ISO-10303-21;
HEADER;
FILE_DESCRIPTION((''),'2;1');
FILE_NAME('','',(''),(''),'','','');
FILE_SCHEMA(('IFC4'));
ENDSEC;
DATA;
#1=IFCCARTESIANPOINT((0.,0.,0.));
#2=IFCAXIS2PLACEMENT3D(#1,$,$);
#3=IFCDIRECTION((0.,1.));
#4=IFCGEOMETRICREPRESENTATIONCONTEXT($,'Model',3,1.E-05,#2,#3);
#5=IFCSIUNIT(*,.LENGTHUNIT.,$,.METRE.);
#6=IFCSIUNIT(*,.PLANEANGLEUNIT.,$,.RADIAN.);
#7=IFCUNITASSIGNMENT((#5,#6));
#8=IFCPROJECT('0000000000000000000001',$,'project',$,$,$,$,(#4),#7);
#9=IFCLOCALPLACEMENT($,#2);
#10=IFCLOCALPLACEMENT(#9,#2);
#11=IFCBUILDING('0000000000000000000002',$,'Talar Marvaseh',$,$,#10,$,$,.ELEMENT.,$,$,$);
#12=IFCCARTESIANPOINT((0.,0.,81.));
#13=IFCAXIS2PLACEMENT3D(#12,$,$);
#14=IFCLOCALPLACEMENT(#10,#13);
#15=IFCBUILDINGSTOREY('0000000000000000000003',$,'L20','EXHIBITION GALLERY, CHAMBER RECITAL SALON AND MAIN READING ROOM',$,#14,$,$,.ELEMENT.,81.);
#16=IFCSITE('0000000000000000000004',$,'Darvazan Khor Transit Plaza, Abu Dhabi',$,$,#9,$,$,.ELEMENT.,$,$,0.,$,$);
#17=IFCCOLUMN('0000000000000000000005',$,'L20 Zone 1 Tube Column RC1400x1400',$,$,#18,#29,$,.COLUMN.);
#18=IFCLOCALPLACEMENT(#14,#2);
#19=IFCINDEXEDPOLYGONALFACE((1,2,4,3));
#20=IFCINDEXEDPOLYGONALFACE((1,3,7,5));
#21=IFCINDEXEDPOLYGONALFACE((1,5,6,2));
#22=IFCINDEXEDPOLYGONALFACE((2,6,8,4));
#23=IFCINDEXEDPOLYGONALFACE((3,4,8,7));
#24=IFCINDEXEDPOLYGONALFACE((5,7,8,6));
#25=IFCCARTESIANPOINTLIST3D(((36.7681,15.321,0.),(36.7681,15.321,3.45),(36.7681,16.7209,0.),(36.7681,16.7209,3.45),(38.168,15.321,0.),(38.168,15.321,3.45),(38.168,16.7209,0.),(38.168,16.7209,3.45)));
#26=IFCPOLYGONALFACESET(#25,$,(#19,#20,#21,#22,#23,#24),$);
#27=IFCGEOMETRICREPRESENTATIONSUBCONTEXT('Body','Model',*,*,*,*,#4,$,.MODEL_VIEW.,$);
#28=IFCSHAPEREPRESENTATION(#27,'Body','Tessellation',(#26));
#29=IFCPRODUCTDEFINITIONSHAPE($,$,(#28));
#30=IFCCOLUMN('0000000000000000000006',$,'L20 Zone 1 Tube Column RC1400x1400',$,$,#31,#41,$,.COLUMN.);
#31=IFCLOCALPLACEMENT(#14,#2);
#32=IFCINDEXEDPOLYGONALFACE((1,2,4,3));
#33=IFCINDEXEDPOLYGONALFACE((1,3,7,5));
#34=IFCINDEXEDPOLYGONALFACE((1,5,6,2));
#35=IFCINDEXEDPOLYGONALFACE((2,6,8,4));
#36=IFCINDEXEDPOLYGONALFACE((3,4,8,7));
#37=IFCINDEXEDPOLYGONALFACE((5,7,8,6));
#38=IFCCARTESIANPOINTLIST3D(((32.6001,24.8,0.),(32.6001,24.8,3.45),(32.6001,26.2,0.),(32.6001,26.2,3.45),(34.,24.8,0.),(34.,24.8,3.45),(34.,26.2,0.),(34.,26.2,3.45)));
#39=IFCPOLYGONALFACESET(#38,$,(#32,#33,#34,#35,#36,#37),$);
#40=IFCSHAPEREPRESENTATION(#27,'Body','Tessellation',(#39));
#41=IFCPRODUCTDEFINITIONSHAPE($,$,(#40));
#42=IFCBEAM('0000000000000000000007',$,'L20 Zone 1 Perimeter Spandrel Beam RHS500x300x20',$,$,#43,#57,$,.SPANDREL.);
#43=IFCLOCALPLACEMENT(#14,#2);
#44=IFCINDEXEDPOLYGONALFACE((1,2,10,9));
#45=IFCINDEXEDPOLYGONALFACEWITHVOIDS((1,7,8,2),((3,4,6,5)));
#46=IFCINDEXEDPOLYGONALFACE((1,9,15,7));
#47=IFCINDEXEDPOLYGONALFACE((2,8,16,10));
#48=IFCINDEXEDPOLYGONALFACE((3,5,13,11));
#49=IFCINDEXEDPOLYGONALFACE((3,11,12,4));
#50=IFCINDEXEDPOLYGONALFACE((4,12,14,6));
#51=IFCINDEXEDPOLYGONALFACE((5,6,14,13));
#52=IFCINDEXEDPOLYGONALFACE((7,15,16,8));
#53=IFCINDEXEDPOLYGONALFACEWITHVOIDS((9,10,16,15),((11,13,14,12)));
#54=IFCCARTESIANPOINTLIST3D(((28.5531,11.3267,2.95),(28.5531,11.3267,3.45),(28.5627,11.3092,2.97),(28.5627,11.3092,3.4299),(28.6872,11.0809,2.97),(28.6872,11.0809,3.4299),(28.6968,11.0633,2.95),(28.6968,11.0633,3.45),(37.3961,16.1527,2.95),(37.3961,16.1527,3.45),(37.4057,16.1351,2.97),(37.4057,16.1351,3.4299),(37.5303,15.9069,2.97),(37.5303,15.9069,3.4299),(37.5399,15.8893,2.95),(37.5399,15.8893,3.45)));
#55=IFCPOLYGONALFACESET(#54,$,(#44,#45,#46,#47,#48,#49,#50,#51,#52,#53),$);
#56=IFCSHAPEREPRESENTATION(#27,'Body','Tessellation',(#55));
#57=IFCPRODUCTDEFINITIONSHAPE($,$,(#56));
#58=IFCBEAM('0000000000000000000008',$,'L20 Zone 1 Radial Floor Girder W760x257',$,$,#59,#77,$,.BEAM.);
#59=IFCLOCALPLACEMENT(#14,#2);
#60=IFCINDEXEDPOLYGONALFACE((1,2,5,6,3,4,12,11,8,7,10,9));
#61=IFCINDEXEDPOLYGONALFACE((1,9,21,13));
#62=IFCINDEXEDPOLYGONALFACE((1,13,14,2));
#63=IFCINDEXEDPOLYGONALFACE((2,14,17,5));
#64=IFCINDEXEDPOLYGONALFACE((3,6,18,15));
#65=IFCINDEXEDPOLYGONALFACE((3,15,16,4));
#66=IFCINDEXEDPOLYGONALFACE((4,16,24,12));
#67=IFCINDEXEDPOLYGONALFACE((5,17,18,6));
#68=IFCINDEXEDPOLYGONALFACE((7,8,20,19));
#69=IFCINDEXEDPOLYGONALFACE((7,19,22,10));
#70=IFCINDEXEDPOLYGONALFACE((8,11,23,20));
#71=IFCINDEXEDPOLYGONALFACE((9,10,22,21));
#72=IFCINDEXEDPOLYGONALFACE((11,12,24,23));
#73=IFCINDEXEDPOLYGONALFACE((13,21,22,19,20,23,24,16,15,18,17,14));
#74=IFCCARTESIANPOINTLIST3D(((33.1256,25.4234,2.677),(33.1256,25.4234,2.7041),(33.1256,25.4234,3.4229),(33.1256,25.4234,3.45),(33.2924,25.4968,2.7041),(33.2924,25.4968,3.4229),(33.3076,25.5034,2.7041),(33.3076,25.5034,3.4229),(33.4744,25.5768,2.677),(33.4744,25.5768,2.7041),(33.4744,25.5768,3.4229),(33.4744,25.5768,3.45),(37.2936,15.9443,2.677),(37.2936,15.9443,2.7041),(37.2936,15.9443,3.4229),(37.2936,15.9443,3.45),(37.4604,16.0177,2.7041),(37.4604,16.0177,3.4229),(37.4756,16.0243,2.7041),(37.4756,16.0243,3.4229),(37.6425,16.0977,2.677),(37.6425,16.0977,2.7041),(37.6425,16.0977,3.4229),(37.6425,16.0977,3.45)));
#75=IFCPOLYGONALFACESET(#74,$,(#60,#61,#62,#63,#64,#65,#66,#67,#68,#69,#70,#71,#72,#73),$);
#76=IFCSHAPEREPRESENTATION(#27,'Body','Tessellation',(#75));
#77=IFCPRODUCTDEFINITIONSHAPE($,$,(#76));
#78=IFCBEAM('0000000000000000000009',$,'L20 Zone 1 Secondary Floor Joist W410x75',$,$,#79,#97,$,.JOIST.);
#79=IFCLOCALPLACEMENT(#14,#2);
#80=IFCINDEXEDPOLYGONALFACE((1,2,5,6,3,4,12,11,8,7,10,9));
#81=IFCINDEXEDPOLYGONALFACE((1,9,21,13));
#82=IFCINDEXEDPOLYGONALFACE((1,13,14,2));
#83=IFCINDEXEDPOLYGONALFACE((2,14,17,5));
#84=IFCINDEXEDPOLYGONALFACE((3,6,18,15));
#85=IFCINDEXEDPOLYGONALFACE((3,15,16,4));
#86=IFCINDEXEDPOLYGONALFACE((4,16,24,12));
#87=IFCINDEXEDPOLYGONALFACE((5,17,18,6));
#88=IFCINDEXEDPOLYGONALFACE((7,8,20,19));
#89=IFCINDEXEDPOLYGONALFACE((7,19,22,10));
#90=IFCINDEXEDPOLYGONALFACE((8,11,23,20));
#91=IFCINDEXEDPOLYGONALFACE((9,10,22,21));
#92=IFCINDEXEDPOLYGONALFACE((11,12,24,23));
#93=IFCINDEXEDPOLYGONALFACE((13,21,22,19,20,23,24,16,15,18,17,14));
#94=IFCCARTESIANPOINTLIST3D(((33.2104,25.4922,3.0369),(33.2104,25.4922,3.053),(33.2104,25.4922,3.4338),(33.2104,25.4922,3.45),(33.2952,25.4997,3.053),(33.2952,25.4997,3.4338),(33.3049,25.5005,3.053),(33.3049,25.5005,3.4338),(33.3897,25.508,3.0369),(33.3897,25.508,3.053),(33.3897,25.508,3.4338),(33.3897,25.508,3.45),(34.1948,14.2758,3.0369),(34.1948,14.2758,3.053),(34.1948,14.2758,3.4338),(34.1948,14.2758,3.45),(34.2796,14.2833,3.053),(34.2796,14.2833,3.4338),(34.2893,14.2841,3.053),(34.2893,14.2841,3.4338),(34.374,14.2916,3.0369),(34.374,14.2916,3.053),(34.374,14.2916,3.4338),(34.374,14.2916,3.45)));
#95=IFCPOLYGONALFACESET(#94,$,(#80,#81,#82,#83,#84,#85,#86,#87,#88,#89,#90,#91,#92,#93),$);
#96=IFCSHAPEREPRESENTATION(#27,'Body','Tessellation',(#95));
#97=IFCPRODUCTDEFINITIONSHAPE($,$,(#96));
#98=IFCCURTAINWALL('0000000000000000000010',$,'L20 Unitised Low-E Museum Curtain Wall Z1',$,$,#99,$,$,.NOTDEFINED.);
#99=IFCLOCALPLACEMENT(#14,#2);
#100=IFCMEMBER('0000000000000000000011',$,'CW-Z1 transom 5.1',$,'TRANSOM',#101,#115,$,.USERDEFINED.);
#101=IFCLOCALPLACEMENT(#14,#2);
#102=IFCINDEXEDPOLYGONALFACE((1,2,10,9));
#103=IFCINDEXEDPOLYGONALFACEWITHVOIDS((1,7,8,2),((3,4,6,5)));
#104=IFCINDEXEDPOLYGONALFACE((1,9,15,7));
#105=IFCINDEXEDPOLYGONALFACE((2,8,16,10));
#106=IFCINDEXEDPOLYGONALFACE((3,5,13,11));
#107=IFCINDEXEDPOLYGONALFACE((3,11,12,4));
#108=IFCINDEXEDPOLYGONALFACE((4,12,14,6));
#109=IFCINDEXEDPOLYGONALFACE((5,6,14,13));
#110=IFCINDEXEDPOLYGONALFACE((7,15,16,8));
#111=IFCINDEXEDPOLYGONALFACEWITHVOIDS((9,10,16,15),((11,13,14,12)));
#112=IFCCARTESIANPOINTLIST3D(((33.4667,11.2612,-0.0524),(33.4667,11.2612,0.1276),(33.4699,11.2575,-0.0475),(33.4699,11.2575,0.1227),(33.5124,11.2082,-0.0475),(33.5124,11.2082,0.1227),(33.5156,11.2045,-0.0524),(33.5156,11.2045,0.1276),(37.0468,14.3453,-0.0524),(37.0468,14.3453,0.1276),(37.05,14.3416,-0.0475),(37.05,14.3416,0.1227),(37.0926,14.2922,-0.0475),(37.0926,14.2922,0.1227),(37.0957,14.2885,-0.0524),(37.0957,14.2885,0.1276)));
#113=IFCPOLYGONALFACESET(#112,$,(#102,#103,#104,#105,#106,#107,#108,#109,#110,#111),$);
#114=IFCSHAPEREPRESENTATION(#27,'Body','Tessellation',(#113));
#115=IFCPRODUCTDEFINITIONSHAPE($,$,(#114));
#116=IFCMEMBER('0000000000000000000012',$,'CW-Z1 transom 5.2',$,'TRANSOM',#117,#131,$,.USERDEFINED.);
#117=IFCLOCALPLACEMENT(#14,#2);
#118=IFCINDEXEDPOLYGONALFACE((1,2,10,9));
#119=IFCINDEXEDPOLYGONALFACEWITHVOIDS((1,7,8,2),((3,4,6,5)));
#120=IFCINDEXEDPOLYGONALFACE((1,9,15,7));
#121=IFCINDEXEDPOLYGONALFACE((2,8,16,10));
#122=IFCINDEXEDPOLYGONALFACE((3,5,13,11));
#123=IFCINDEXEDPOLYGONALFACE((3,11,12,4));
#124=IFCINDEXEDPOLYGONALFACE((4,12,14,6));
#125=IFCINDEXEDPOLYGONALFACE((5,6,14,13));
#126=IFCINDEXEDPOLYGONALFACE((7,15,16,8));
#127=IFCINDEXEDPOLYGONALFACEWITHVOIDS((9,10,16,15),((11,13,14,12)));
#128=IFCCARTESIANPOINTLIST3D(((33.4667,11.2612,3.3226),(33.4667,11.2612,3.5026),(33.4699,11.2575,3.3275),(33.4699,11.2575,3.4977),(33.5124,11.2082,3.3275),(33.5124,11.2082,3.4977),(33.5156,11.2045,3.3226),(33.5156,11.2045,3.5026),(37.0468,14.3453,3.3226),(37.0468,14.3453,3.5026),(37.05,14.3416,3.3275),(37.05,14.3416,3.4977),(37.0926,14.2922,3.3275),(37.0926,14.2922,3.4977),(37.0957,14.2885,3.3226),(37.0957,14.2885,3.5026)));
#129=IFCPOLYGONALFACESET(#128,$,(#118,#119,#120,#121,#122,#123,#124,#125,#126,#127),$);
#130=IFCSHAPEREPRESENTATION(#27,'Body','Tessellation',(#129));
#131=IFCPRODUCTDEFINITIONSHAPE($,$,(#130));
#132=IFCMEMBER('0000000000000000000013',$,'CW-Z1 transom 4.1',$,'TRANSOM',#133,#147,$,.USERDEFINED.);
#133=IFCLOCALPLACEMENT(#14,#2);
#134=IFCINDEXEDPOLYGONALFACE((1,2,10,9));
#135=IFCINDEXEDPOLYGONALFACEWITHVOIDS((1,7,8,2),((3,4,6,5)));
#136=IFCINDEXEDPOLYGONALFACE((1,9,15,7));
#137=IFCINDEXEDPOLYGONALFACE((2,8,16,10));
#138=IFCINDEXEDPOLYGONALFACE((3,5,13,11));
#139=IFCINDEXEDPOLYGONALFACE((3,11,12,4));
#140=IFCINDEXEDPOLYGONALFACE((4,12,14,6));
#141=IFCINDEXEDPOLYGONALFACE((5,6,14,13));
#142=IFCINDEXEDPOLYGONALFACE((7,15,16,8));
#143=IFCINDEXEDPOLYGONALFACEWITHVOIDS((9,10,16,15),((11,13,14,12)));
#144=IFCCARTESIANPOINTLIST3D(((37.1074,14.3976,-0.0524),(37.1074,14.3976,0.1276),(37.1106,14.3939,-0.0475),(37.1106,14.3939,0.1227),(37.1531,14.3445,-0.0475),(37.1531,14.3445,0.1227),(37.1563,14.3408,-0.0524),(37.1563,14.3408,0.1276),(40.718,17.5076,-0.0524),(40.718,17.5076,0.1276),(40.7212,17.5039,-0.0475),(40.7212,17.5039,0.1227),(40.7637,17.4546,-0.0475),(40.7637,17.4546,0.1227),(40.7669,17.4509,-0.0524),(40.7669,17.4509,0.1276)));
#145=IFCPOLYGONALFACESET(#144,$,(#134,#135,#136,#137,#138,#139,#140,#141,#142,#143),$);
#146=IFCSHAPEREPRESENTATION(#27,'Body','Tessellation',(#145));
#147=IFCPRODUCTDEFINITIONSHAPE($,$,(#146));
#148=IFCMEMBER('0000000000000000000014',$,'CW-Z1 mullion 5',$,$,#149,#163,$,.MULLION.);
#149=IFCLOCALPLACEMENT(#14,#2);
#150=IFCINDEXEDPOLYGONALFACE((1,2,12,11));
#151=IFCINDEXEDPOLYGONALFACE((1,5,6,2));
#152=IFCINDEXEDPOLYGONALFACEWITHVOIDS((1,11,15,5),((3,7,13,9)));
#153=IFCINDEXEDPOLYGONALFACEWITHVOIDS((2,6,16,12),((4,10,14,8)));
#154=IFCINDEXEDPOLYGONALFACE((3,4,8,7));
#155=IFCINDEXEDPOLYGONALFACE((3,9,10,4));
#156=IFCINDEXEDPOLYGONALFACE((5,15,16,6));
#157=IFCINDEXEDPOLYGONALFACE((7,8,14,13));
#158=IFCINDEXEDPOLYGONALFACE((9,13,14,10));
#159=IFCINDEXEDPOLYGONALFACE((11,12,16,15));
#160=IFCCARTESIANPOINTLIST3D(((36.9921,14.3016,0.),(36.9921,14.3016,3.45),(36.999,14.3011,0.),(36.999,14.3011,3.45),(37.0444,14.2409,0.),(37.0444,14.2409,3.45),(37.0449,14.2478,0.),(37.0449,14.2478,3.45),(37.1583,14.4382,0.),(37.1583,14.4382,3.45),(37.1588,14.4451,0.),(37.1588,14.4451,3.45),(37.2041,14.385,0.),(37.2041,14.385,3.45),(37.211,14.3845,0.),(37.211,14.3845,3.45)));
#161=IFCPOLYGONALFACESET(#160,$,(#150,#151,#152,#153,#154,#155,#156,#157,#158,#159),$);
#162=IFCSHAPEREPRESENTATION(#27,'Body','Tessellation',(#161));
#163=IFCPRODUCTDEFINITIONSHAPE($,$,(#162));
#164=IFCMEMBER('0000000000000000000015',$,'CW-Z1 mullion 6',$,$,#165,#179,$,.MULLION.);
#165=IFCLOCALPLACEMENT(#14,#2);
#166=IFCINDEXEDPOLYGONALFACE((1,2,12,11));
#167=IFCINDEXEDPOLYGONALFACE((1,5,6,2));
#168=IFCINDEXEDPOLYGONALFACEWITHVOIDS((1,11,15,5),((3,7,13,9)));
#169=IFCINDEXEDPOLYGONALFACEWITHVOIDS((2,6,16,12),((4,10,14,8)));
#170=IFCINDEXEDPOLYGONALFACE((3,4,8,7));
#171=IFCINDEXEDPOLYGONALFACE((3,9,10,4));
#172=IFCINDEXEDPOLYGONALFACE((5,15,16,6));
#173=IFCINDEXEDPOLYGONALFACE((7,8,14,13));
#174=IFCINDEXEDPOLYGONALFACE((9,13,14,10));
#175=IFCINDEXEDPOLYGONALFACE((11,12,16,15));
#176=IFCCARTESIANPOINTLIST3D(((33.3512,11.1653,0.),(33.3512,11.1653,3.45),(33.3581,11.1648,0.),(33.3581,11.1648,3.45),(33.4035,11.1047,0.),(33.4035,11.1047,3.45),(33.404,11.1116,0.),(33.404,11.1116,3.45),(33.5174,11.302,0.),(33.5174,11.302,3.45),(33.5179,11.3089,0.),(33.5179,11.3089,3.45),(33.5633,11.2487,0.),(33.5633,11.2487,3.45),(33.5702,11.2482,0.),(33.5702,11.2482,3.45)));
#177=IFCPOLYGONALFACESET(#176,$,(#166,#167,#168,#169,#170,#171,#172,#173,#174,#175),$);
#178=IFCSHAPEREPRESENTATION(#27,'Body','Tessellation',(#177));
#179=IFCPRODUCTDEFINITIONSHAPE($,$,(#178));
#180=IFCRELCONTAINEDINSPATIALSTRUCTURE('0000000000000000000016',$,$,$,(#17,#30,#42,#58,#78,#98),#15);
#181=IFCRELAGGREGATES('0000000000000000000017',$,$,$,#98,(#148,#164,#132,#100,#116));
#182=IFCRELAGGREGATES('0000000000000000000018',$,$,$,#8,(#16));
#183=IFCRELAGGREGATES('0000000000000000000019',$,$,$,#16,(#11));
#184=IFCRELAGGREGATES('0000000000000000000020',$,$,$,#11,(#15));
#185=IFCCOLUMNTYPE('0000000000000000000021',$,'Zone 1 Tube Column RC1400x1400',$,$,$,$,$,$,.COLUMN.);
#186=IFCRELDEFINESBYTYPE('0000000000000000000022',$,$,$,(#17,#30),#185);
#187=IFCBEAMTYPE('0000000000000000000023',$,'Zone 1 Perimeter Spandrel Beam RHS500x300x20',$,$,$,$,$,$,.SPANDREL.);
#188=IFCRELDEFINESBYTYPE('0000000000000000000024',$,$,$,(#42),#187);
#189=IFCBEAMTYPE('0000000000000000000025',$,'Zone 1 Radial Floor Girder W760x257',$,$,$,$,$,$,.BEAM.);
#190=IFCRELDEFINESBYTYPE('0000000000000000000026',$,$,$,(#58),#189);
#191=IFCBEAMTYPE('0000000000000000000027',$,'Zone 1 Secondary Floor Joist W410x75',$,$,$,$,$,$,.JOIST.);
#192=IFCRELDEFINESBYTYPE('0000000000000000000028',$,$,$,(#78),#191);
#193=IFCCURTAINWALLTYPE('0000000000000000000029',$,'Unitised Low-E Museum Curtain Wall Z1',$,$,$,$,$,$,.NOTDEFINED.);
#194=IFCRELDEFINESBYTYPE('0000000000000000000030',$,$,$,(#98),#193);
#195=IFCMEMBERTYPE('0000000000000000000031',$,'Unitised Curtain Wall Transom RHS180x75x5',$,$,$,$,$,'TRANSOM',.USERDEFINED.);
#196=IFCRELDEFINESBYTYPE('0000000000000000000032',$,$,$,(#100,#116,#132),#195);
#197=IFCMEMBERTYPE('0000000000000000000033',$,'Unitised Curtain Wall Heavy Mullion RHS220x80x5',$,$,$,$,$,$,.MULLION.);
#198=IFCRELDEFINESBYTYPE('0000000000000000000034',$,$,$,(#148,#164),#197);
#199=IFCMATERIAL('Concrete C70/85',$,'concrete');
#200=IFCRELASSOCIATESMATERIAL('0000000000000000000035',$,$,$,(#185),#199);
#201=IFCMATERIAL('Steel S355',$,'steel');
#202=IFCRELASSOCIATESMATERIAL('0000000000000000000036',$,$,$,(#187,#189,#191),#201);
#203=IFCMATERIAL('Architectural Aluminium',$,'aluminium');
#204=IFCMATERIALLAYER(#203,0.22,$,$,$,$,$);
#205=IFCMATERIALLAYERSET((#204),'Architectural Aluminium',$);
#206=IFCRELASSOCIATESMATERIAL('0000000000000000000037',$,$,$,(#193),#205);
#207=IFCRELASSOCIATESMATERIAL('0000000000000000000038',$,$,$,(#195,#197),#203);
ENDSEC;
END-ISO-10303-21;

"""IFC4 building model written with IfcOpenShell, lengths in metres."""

from ifc_helpers import new_model, si_unit, direction, frame, origin, origin_2d, place, context, subcontext, project, spatial, rectangle, hollow_rectangle, i_section, extrude, source, transform, mapped, material, layer, layer_set, material_profile, profile_set, type_object, type_shapes, element, aggregate, save


model = new_model("IFC4")

# Units and contexts
model_context = context("Model", 3, precision=1e-05, world=origin(), true_north=direction((0.0, 1.0)))
body_context = subcontext(model_context, "Body", "Model", "MODEL_VIEW")
ifc_project = project(units=[si_unit("LENGTHUNIT", "METRE"), si_unit("PLANEANGLEUNIT", "RADIAN")], contexts=[model_context])

# Site, building, storey
site_placement = place(None, origin())
site = spatial("IfcSite", under=ifc_project, at=site_placement, Name="Darvazan Khor Transit Plaza, Abu Dhabi", CompositionType="ELEMENT", RefElevation=0.0)
building_placement = place(site_placement, origin())
building = spatial("IfcBuilding", under=site, at=building_placement, Name="Talar Marvaseh", CompositionType="ELEMENT")
storey_placement = place(building_placement, frame((0.0, 0.0, 81.0)))
storey = spatial("IfcBuildingStorey", under=building, at=storey_placement, Name="L20", Description="EXHIBITION GALLERY, CHAMBER RECITAL SALON AND MAIN READING ROOM", CompositionType="ELEMENT", Elevation=81.0)

# Columns
ifc_material_1 = material(Name="Concrete C70/85", Category="concrete")
ifc_material_profile_1 = material_profile(ifc_material_1, rectangle(XDim=1.3999, YDim=1.3999, at=origin_2d()), Name="RC1400x1400")
ifc_profile_set_1 = profile_set([ifc_material_profile_1], Name="Concrete C70/85")
column_type = type_object("IfcColumnType", Name="Zone 1 Tube Column RC1400x1400", PredefinedType="COLUMN", material=ifc_profile_set_1)
for number, where, z_axis, x_axis, name in (
    (1, (37.468, 16.021, 0.0), (0.0, 0.0, 1.0), (1.0, 0.0, 0.0), "L20 Zone 1 Tube Column RC1400x1400"),
    (2, (33.3, 25.5, 0.0), (0.0, 0.0, 1.0), (1.0, 0.0, 0.0), "L20 Zone 1 Tube Column RC1400x1400"),
):
    element("IfcColumn", number, at=place(storey_placement, frame(where, z_axis=z_axis, x_axis=x_axis)), inside=storey, type_object=column_type, Name=name, PredefinedType="COLUMN", context=body_context, shape_type="SweptSolid", body=[
        extrude(rectangle(XDim=1.3999, YDim=1.3999, at=origin_2d()), origin(), (0.0, 0.0, 1.0), 3.45),
    ])

# Beams
ifc_material_2 = material(Name="Steel S355", Category="steel")
ifc_material_profile_2 = material_profile(ifc_material_2, hollow_rectangle(XDim=0.3, YDim=0.5, WallThickness=0.02, at=origin_2d()), Name="RHS500x300x20")
ifc_profile_set_2 = profile_set([ifc_material_profile_2], Name="Steel S355")
beam_type_1 = type_object("IfcBeamType", Name="Zone 1 Perimeter Spandrel Beam RHS500x300x20", PredefinedType="SPANDREL", material=ifc_profile_set_2)
beam_1_placement = place(storey_placement, frame((37.468, 16.021, 3.2), z_axis=(-0.877793, -0.479041, 0.0), x_axis=(0.479041, -0.877793, 0.0)))
element("IfcBeam", 3, at=beam_1_placement, inside=storey, type_object=beam_type_1, Name="L20 Zone 1 Perimeter Spandrel Beam RHS500x300x20", PredefinedType="SPANDREL", context=body_context, shape_type="SweptSolid", body=[
    extrude(hollow_rectangle(XDim=0.3, YDim=0.5, WallThickness=0.02, at=origin_2d()), origin(), (0.0, 0.0, 1.0), 10.0742),
])
ifc_material_profile_3 = material_profile(ifc_material_2, i_section(OverallWidth=0.3811, OverallDepth=0.7729, WebThickness=0.0166, FlangeThickness=0.0271, at=origin_2d()), Name="W760x257")
ifc_profile_set_3 = profile_set([ifc_material_profile_3], Name="Steel S355")
beam_type_2 = type_object("IfcBeamType", Name="Zone 1 Radial Floor Girder W760x257", PredefinedType="BEAM", material=ifc_profile_set_3)
beam_2_placement = place(storey_placement, frame((37.468, 16.021, 3.0635), z_axis=(-0.402513, 0.915414, 0.0), x_axis=(-0.915414, -0.402513, 0.0)))
element("IfcBeam", 4, at=beam_2_placement, inside=storey, type_object=beam_type_2, Name="L20 Zone 1 Radial Floor Girder W760x257", PredefinedType="BEAM", context=body_context, shape_type="SweptSolid", body=[
    extrude(i_section(OverallWidth=0.3811, OverallDepth=0.7729, WebThickness=0.0166, FlangeThickness=0.0271, at=origin_2d()), origin(), (0.0, 0.0, 1.0), 10.355),
])
ifc_material_profile_4 = material_profile(ifc_material_2, i_section(OverallWidth=0.1799, OverallDepth=0.4131, WebThickness=0.0098, FlangeThickness=0.0161, at=origin_2d()), Name="W410x75")
ifc_profile_set_4 = profile_set([ifc_material_profile_4], Name="Steel S355")
beam_type_3 = type_object("IfcBeamType", Name="Zone 1 Secondary Floor Joist W410x75", PredefinedType="JOIST", material=ifc_profile_set_4)
beam_3_placement = place(storey_placement, frame((34.2844, 14.2837, 3.2434), z_axis=(-0.087427, 0.996171, 0.0), x_axis=(-0.996171, -0.087427, 0.0)))
element("IfcBeam", 5, at=beam_3_placement, inside=storey, type_object=beam_type_3, Name="L20 Zone 1 Secondary Floor Joist W410x75", PredefinedType="JOIST", context=body_context, shape_type="SweptSolid", body=[
    extrude(i_section(OverallWidth=0.1799, OverallDepth=0.4131, WebThickness=0.0098, FlangeThickness=0.0161, at=origin_2d()), origin(), (0.0, 0.0, 1.0), 11.2595),
])

# Curtain wall, members
ifc_material_3 = material(Name="Architectural Aluminium", Category="aluminium")
ifc_layer_1 = layer(ifc_material_3, 0.22)
ifc_layer_set_1 = layer_set([ifc_layer_1], Name="Architectural Aluminium")
curtain_wall_type = type_object("IfcCurtainWallType", Name="Unitised Low-E Museum Curtain Wall Z1", PredefinedType="NOTDEFINED", material=ifc_layer_set_1)
curtain_wall_placement = place(storey_placement, origin())
curtain_wall = element("IfcCurtainWall", 6, at=curtain_wall_placement, inside=storey, type_object=curtain_wall_type, Name="L20 Unitised Low-E Museum Curtain Wall Z1", PredefinedType="NOTDEFINED")
ifc_material_profile_5 = material_profile(ifc_material_3, hollow_rectangle(XDim=0.075, YDim=0.1799, WallThickness=0.0049, at=origin_2d()), Name="RHS180x75x5")
ifc_profile_set_5 = profile_set([ifc_material_profile_5], Name="Architectural Aluminium")
member_type_1 = type_object("IfcMemberType", Name="Unitised Curtain Wall Transom RHS180x75x5", ElementType="TRANSOM", PredefinedType="USERDEFINED", material=ifc_profile_set_5)
shared_shape_1 = source(origin(), body_context, "Body", "SweptSolid", [
    extrude(hollow_rectangle(XDim=0.075, YDim=0.1799, WallThickness=0.0049, at=origin_2d()), origin(), (0.0, 0.0, 1.0), 4.7253),
])
member_1_placement = place(storey_placement, frame((37.0713, 14.3169, 0.0376), z_axis=(-0.75765, -0.652662, 0.0), x_axis=(0.652662, -0.75765, 0.0)))
member_1 = element("IfcMember", 7, at=member_1_placement, type_object=member_type_1, Name="CW-Z1 transom 5.1", ObjectType="TRANSOM", PredefinedType="USERDEFINED", context=body_context, shape_type="MappedRepresentation", body=[
    mapped(shared_shape_1, transform((0.0, 0.0, 0.0), x_axis=(1.0, 0.0, 0.0), y_axis=(0.0, 1.0, 0.0), z_axis=(0.0, 0.0, 1.0), scale=1.0)),
])
member_2_placement = place(storey_placement, frame((37.0713, 14.3169, 3.4126), z_axis=(-0.75765, -0.652662, 0.0), x_axis=(0.652662, -0.75765, 0.0)))
member_2 = element("IfcMember", 8, at=member_2_placement, type_object=member_type_1, Name="CW-Z1 transom 5.2", ObjectType="TRANSOM", PredefinedType="USERDEFINED", context=body_context, shape_type="MappedRepresentation", body=[
    mapped(shared_shape_1, transform((0.0, 0.0, 0.0), x_axis=(1.0, 0.0, 0.0), y_axis=(0.0, 1.0, 0.0), z_axis=(0.0, 0.0, 1.0), scale=1.0)),
])
shared_shape_2 = source(origin(), body_context, "Body", "SweptSolid", [
    extrude(hollow_rectangle(XDim=0.075, YDim=0.1799, WallThickness=0.0049, at=origin_2d()), origin(), (0.0, 0.0, 1.0), 4.7654),
])
type_shapes(member_type_1, [shared_shape_1, shared_shape_2])
member_3_placement = place(storey_placement, frame((40.7424, 17.4792, 0.0376), z_axis=(-0.757667, -0.652642, 0.0), x_axis=(0.652642, -0.757667, 0.0)))
member_3 = element("IfcMember", 9, at=member_3_placement, type_object=member_type_1, Name="CW-Z1 transom 4.1", ObjectType="TRANSOM", PredefinedType="USERDEFINED", context=body_context, shape_type="MappedRepresentation", body=[
    mapped(shared_shape_2, transform((0.0, 0.0, 0.0), x_axis=(1.0, 0.0, 0.0), y_axis=(0.0, 1.0, 0.0), z_axis=(0.0, 0.0, 1.0), scale=1.0)),
])
ifc_material_profile_6 = material_profile(ifc_material_3, hollow_rectangle(XDim=0.0801, YDim=0.22, WallThickness=0.0049, at=origin_2d()), Name="RHS220x80x5")
ifc_profile_set_6 = profile_set([ifc_material_profile_6], Name="Architectural Aluminium")
member_type_2 = type_object("IfcMemberType", Name="Unitised Curtain Wall Heavy Mullion RHS220x80x5", PredefinedType="MULLION", material=ifc_profile_set_6)
shared_shape_3 = source(origin(), body_context, "Body", "SweptSolid", [
    extrude(hollow_rectangle(XDim=0.0801, YDim=0.22, WallThickness=0.0049, at=origin_2d()), origin(), (0.0, 0.0, 1.0), 3.45),
])
type_shapes(member_type_2, [shared_shape_3])
member_4_placement = place(storey_placement, frame((37.1016, 14.343, 0.0), z_axis=(0.0, 0.0, 1.0), x_axis=(0.652644, -0.757665, 0.0)))
member_4 = element("IfcMember", 10, at=member_4_placement, type_object=member_type_2, Name="CW-Z1 mullion 5", PredefinedType="MULLION", context=body_context, shape_type="MappedRepresentation", body=[
    mapped(shared_shape_3, transform((0.0, 0.0, 0.0), x_axis=(1.0, 0.0, 0.0), y_axis=(0.0, 1.0, 0.0), z_axis=(0.0, 0.0, 1.0), scale=1.0)),
])
member_5_placement = place(storey_placement, frame((33.4607, 11.2068, 0.0), z_axis=(0.0, 0.0, 1.0), x_axis=(0.652644, -0.757665, 0.0)))
member_5 = element("IfcMember", 11, at=member_5_placement, type_object=member_type_2, Name="CW-Z1 mullion 6", PredefinedType="MULLION", context=body_context, shape_type="MappedRepresentation", body=[
    mapped(shared_shape_3, transform((0.0, 0.0, 0.0), x_axis=(1.0, 0.0, 0.0), y_axis=(0.0, 1.0, 0.0), z_axis=(0.0, 0.0, 1.0), scale=1.0)),
])
aggregate(curtain_wall, [member_4, member_5, member_3, member_1, member_2])

save(model, "model.ifc")
